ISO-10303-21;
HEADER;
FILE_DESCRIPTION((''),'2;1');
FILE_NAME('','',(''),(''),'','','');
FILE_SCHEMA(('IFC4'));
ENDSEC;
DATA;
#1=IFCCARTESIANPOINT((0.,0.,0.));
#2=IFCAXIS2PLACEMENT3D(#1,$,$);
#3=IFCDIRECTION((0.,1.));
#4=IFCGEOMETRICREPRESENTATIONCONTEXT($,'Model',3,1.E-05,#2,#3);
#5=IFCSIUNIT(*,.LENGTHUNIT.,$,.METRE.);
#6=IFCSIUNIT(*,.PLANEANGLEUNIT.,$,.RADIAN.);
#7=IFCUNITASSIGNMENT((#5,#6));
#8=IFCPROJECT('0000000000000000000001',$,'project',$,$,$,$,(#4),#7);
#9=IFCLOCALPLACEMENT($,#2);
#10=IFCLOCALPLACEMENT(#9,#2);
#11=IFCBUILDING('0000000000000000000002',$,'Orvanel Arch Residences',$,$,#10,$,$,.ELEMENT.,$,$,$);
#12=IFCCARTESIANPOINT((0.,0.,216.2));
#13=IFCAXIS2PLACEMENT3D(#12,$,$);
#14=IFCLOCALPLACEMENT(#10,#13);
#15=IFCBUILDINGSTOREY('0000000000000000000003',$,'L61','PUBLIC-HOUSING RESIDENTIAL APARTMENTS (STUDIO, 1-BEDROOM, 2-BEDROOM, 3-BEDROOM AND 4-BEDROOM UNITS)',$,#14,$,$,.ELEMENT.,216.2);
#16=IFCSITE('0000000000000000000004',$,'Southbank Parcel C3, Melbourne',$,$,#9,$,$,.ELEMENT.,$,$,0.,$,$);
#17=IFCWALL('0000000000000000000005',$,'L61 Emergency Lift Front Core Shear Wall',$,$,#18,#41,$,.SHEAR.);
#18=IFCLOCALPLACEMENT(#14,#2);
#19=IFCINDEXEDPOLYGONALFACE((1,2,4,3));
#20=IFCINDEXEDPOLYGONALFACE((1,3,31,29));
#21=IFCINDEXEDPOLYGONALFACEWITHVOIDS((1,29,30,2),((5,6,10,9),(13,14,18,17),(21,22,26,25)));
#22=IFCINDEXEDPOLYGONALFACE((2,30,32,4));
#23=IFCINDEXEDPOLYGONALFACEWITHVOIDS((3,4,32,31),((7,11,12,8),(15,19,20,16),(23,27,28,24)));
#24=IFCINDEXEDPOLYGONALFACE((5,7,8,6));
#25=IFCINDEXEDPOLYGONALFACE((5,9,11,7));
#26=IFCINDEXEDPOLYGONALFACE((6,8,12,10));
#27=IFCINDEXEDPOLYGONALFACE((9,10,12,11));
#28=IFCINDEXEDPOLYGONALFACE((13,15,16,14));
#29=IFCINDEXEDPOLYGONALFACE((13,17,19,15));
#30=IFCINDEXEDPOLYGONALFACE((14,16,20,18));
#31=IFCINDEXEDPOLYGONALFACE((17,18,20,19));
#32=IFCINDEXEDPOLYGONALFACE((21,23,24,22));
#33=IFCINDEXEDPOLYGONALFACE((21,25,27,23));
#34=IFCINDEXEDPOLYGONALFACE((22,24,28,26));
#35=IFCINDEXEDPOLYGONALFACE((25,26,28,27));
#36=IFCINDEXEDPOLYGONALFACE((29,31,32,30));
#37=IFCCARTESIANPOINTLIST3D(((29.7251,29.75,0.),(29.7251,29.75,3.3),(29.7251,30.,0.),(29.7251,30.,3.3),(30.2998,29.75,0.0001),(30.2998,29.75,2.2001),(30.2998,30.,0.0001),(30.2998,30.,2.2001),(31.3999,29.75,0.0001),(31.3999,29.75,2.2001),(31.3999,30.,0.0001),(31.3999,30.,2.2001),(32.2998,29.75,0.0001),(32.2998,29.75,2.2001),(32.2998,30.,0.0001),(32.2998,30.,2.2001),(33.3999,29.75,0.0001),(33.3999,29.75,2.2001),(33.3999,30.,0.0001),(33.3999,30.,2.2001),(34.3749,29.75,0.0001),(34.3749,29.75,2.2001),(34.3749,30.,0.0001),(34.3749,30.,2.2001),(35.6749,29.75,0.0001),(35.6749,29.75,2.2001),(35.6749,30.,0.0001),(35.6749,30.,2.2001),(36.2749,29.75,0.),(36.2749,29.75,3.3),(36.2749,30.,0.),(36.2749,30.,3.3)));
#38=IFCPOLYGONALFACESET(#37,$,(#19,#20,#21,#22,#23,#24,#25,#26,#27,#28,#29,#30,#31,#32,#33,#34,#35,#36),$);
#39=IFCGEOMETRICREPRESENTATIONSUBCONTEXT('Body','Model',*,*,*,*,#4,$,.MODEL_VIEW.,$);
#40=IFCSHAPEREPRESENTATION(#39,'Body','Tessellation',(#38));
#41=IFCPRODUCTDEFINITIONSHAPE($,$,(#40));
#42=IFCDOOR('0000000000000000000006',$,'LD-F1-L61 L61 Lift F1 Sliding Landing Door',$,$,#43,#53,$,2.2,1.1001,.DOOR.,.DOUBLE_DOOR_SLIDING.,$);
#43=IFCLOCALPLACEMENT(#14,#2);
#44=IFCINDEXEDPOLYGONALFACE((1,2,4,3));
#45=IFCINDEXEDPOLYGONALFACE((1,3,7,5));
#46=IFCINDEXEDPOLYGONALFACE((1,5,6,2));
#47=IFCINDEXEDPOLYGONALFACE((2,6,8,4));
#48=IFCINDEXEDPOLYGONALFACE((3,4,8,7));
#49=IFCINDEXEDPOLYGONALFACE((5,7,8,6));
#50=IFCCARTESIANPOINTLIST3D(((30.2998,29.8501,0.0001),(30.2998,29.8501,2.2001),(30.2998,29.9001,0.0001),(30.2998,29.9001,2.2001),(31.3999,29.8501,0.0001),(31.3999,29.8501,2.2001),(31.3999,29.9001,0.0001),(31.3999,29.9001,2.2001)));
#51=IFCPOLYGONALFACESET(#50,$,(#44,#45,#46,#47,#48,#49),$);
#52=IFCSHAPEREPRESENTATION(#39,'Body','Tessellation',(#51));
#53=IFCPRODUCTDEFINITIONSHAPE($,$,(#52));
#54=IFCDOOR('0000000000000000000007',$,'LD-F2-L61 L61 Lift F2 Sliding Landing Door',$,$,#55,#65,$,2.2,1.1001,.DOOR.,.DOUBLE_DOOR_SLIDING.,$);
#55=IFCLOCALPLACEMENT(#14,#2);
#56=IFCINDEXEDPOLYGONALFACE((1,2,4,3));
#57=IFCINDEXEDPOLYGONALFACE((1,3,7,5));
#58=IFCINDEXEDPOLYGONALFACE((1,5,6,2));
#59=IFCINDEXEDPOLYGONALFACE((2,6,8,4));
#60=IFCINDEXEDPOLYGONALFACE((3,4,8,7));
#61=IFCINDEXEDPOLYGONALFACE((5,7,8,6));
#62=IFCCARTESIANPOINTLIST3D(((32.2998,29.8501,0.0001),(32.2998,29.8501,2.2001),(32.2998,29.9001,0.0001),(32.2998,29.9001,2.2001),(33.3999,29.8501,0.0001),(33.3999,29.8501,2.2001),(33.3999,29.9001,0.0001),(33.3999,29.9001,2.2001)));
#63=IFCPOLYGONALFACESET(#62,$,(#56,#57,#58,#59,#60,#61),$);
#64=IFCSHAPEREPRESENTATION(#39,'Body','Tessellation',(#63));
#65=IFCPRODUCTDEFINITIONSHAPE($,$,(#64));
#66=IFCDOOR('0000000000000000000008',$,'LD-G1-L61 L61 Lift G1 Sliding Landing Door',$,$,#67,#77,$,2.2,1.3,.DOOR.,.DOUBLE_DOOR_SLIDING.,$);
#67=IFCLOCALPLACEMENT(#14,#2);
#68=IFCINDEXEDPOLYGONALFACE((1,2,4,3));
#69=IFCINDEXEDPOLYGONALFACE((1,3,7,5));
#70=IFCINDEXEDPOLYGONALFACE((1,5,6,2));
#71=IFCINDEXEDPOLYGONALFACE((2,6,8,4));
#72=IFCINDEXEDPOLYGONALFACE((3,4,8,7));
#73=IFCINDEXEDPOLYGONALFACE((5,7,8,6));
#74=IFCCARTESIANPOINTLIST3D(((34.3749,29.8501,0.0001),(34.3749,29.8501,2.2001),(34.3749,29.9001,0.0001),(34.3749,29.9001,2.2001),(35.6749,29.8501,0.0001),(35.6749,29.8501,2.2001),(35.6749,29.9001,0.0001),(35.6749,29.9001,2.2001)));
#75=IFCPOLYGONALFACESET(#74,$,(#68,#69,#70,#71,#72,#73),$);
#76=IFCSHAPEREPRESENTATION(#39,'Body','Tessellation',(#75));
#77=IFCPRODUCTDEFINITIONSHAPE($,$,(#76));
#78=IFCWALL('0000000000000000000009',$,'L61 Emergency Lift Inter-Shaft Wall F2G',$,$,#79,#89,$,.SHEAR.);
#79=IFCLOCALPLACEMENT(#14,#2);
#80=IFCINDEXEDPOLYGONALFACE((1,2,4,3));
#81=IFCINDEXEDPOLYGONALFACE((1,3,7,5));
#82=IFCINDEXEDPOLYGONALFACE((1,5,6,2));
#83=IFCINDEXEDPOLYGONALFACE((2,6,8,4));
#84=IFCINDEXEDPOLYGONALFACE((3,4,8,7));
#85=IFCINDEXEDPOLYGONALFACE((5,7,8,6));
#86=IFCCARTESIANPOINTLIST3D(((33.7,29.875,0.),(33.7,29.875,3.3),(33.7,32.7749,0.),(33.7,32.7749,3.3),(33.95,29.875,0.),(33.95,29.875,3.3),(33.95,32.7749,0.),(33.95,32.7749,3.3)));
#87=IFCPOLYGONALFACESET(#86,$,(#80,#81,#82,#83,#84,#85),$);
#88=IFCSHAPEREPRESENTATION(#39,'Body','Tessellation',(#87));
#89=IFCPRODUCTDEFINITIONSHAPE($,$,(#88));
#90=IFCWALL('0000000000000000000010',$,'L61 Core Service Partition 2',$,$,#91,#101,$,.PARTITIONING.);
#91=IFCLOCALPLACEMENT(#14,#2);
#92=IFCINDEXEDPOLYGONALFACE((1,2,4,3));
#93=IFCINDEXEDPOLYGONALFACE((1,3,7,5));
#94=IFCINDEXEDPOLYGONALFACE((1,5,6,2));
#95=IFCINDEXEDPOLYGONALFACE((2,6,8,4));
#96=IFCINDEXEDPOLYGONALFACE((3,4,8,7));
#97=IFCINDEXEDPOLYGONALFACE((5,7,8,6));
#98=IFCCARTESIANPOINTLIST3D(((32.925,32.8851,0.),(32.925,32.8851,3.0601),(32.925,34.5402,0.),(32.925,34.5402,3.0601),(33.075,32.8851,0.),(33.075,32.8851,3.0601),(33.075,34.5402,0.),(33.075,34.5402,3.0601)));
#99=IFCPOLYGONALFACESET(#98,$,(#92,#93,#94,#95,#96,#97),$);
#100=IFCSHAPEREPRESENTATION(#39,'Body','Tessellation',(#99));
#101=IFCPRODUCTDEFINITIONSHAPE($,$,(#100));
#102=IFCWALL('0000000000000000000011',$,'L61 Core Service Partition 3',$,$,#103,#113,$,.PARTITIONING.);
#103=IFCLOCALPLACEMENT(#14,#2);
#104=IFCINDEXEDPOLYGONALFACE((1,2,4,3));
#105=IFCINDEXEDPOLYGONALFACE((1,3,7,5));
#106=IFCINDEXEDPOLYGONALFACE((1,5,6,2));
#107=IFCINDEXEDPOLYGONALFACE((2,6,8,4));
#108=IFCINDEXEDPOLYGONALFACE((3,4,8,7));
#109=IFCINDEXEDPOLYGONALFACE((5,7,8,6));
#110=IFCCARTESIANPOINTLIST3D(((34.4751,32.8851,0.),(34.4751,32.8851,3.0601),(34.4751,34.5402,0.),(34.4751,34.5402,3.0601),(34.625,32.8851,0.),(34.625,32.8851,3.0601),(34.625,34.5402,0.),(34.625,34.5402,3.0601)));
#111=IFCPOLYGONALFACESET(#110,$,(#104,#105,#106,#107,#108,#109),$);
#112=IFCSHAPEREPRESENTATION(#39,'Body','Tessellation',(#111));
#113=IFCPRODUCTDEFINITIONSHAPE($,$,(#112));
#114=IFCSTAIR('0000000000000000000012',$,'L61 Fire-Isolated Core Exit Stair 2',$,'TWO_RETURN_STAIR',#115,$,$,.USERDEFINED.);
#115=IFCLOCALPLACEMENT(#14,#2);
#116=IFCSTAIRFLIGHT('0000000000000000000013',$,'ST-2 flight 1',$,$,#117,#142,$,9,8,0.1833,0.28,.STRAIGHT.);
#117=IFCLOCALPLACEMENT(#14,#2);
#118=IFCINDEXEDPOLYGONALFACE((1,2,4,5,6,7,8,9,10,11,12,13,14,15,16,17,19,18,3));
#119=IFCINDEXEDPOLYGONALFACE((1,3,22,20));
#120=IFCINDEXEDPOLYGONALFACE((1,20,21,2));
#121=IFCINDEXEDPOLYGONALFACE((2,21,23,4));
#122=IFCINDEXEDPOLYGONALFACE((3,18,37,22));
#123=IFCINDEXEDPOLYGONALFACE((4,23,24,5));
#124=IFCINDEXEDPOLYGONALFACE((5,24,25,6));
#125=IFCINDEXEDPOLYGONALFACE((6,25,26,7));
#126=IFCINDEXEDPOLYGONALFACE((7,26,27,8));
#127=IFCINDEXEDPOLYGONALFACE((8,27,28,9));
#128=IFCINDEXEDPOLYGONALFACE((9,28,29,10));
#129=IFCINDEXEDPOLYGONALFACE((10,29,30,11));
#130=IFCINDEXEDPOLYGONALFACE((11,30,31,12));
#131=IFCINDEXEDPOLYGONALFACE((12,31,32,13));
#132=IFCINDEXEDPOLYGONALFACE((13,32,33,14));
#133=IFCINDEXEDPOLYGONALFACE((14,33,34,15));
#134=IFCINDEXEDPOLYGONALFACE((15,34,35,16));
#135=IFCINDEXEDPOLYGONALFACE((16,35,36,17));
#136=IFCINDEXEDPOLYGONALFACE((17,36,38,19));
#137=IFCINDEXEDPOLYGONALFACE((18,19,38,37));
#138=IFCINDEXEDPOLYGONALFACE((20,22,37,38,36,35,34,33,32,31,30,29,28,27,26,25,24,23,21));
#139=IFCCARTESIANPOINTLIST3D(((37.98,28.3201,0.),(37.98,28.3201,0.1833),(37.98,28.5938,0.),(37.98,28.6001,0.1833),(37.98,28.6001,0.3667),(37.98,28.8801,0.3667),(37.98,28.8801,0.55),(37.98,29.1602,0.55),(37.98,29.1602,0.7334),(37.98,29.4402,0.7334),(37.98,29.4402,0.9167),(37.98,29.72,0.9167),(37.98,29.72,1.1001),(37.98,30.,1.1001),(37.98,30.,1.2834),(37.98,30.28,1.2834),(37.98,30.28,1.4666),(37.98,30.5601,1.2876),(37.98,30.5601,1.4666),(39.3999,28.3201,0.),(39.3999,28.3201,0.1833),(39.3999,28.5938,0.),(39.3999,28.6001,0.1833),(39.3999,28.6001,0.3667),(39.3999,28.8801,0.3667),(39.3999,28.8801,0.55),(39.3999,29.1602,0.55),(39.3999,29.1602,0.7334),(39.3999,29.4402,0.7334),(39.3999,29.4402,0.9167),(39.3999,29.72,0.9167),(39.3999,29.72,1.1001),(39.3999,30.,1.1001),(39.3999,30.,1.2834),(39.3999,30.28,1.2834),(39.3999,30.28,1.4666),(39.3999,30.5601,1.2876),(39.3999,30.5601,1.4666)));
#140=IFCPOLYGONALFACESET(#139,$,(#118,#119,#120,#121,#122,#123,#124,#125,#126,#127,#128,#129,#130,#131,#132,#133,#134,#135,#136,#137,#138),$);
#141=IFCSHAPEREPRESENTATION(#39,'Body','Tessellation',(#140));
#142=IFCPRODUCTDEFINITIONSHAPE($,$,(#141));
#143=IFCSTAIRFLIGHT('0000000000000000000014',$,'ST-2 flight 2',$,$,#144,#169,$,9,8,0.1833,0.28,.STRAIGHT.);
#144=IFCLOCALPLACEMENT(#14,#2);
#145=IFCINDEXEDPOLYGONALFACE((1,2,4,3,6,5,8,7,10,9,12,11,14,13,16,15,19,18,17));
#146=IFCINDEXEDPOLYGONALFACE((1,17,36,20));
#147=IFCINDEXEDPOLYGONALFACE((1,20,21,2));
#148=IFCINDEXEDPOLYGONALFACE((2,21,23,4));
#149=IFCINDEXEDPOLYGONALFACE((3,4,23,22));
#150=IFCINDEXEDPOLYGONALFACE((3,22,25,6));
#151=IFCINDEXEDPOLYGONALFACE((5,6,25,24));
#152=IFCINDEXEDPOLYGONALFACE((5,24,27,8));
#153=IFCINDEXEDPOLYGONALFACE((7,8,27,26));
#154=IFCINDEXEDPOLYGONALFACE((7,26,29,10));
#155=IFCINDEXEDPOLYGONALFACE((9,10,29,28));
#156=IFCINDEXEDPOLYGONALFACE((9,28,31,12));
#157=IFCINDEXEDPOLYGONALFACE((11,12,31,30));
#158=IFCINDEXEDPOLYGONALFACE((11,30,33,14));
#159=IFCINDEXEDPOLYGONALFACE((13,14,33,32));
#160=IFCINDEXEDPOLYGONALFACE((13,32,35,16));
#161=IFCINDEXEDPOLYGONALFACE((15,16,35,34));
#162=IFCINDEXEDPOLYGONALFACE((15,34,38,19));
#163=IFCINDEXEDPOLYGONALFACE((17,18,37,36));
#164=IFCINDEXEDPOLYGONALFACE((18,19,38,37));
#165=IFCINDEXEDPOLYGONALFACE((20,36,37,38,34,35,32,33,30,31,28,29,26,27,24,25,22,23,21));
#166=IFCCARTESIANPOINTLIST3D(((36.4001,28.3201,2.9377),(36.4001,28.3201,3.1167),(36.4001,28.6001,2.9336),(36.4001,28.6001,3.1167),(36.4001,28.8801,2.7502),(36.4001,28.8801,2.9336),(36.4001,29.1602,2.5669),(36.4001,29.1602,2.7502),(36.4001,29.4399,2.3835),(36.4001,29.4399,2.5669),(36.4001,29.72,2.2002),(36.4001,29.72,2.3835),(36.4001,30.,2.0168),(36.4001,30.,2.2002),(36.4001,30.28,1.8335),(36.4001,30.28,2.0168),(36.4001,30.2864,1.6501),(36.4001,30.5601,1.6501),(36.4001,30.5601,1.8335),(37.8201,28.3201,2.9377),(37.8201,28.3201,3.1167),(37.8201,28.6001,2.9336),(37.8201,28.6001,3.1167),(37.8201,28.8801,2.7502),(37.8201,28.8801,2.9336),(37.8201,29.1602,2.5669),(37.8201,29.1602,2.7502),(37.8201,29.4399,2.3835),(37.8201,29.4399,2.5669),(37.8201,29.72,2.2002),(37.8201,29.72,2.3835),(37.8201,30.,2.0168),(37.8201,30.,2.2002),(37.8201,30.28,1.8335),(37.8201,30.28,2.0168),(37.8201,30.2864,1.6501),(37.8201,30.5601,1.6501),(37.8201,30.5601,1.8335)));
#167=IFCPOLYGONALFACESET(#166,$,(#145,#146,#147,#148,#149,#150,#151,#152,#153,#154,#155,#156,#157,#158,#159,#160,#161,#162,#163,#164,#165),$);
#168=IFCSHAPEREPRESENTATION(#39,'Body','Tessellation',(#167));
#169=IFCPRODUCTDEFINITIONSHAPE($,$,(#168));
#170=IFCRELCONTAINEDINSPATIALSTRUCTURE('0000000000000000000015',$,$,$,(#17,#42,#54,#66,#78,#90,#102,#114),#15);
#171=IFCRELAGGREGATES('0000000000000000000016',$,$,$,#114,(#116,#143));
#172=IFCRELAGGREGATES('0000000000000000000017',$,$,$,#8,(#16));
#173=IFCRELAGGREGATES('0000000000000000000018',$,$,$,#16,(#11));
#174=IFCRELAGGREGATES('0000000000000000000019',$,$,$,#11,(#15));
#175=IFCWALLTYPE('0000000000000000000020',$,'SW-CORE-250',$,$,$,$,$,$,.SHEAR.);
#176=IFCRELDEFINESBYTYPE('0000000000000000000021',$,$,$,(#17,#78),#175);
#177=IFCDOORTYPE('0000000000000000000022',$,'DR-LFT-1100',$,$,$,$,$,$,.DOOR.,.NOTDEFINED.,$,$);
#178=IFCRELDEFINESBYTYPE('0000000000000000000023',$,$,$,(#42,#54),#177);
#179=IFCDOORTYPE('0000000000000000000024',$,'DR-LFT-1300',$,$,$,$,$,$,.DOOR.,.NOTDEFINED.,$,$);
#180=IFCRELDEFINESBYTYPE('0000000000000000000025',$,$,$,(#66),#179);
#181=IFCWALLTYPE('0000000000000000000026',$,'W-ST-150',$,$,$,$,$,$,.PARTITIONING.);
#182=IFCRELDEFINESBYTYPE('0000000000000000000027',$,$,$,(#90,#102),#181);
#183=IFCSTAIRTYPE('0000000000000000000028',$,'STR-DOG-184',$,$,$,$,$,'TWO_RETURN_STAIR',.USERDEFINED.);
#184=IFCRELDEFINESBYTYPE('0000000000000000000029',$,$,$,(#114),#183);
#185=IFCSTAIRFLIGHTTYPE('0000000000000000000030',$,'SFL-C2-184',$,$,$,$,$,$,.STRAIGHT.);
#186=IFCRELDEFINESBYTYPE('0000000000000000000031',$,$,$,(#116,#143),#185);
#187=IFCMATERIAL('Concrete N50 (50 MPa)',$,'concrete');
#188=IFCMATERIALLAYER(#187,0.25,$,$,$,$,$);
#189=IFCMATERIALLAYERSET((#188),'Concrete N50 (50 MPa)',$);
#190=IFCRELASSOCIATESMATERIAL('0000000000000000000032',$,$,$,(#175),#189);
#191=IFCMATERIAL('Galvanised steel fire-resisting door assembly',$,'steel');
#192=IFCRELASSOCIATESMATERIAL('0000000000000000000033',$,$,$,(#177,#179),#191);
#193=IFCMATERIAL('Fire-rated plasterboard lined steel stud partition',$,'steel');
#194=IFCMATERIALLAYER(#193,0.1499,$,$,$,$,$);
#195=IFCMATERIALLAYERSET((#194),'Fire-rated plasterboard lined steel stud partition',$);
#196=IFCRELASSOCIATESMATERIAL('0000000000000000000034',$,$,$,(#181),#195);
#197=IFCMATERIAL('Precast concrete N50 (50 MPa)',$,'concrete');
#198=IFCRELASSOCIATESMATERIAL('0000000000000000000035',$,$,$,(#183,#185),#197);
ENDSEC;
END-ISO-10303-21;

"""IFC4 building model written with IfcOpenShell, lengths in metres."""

from ifc_helpers import new_model, si_unit, direction, frame, frame_2d, origin, place, context, subcontext, project, spatial, polyline, rectangle, outline, extrude, material, layer, layer_set, type_object, element, fill, aggregate, save


model = new_model("IFC4")

# Units and contexts
model_context = context("Model", 3, precision=1e-05, world=origin(), true_north=direction((0.0, 1.0)))
body_context = subcontext(model_context, "Body", "Model", "MODEL_VIEW")
ifc_project = project(units=[si_unit("LENGTHUNIT", "METRE"), si_unit("PLANEANGLEUNIT", "RADIAN")], contexts=[model_context])

# Site, building, storey
site_placement = place(None, origin())
site = spatial("IfcSite", under=ifc_project, at=site_placement, Name="Southbank Parcel C3, Melbourne", CompositionType="ELEMENT", RefElevation=0.0)
building_placement = place(site_placement, origin())
building = spatial("IfcBuilding", under=site, at=building_placement, Name="Orvanel Arch Residences", CompositionType="ELEMENT")
storey_placement = place(building_placement, frame((0.0, 0.0, 216.2)))
storey = spatial("IfcBuildingStorey", under=building, at=storey_placement, Name="L61", Description="PUBLIC-HOUSING RESIDENTIAL APARTMENTS (STUDIO, 1-BEDROOM, 2-BEDROOM, 3-BEDROOM AND 4-BEDROOM UNITS)", CompositionType="ELEMENT", Elevation=216.2)

# Wall, openings, doors
ifc_material_1 = material(Name="Concrete N50 (50 MPa)", Category="concrete")
ifc_layer_1 = layer(ifc_material_1, 0.25)
ifc_layer_set_1 = layer_set([ifc_layer_1], Name="Concrete N50 (50 MPa)")
wall_type_1 = type_object("IfcWallType", Name="SW-CORE-250", PredefinedType="SHEAR", material=ifc_layer_set_1)
wall_1_placement = place(storey_placement, frame((36.2749, 29.875, 0.0), z_axis=(0.0, 0.0, 1.0), x_axis=(-1.0, 0.0, 0.0)))
wall_1 = element("IfcWall", 1, at=wall_1_placement, inside=storey, type_object=wall_type_1, Name="L61 Emergency Lift Front Core Shear Wall", PredefinedType="SHEAR", context=body_context, shape_type="SweptSolid", body=[
    extrude(rectangle(XDim=6.5498, YDim=0.25, at=frame_2d((3.2749, 0.0))), origin(), (0.0, 0.0, 1.0), 3.3),
])
opening_1_placement = place(wall_1_placement, frame((4.875, 0.0, 0.0)))
opening_1 = element("IfcOpeningElement", 2, at=opening_1_placement, cuts=wall_1, PredefinedType="OPENING", context=body_context, shape_type="SweptSolid", body=[
    extrude(rectangle(XDim=1.1001, YDim=2.2, at=frame_2d((0.55, 1.1001))), frame((0.0, 0.135, 0.0), z_axis=(0.0, -1.0, 0.0), x_axis=(1.0, 0.0, 0.0)), (0.0, 0.0, 1.0), 0.27),
])
opening_2_placement = place(wall_1_placement, frame((2.875, 0.0, 0.0)))
opening_2 = element("IfcOpeningElement", 3, at=opening_2_placement, cuts=wall_1, PredefinedType="OPENING", context=body_context, shape_type="SweptSolid", body=[
    extrude(rectangle(XDim=1.1001, YDim=2.2, at=frame_2d((0.55, 1.1001))), frame((0.0, 0.135, 0.0), z_axis=(0.0, -1.0, 0.0), x_axis=(1.0, 0.0, 0.0)), (0.0, 0.0, 1.0), 0.27),
])
opening_3_placement = place(wall_1_placement, frame((0.6001, 0.0, 0.0)))
opening_3 = element("IfcOpeningElement", 4, at=opening_3_placement, cuts=wall_1, PredefinedType="OPENING", context=body_context, shape_type="SweptSolid", body=[
    extrude(rectangle(XDim=1.3, YDim=2.2, at=frame_2d((0.6499, 1.1001))), frame((0.0, 0.135, 0.0), z_axis=(0.0, -1.0, 0.0), x_axis=(1.0, 0.0, 0.0)), (0.0, 0.0, 1.0), 0.27),
])
ifc_material_2 = material(Name="Galvanised steel fire-resisting door assembly", Category="steel")
door_type_1 = type_object("IfcDoorType", Name="DR-LFT-1100", OperationType="NOTDEFINED", PredefinedType="DOOR", material=ifc_material_2)
door_1_placement = place(opening_1_placement, origin())
door_1 = element("IfcDoor", 5, at=door_1_placement, inside=storey, type_object=door_type_1, Name="LD-F1-L61 L61 Lift F1 Sliding Landing Door", OperationType="DOUBLE_DOOR_SLIDING", OverallHeight=2.2, OverallWidth=1.1001, PredefinedType="DOOR", context=body_context, shape_type="SweptSolid", body=[
    extrude(rectangle(XDim=1.1001, YDim=2.2, at=frame_2d((0.55, 1.1001))), frame((0.0, 0.0249, 0.0), z_axis=(0.0, -1.0, 0.0), x_axis=(1.0, 0.0, 0.0)), (0.0, 0.0, 1.0), 0.05),
])
fill(opening_1, door_1)
door_2_placement = place(opening_2_placement, origin())
door_2 = element("IfcDoor", 6, at=door_2_placement, inside=storey, type_object=door_type_1, Name="LD-F2-L61 L61 Lift F2 Sliding Landing Door", OperationType="DOUBLE_DOOR_SLIDING", OverallHeight=2.2, OverallWidth=1.1001, PredefinedType="DOOR", context=body_context, shape_type="SweptSolid", body=[
    extrude(rectangle(XDim=1.1001, YDim=2.2, at=frame_2d((0.55, 1.1001))), frame((0.0, 0.0249, 0.0), z_axis=(0.0, -1.0, 0.0), x_axis=(1.0, 0.0, 0.0)), (0.0, 0.0, 1.0), 0.05),
])
fill(opening_2, door_2)
door_type_2 = type_object("IfcDoorType", Name="DR-LFT-1300", OperationType="NOTDEFINED", PredefinedType="DOOR", material=ifc_material_2)
door_3_placement = place(opening_3_placement, origin())
door_3 = element("IfcDoor", 7, at=door_3_placement, inside=storey, type_object=door_type_2, Name="LD-G1-L61 L61 Lift G1 Sliding Landing Door", OperationType="DOUBLE_DOOR_SLIDING", OverallHeight=2.2, OverallWidth=1.3, PredefinedType="DOOR", context=body_context, shape_type="SweptSolid", body=[
    extrude(rectangle(XDim=1.3, YDim=2.2, at=frame_2d((0.6499, 1.1001))), frame((0.0, 0.0249, 0.0), z_axis=(0.0, -1.0, 0.0), x_axis=(1.0, 0.0, 0.0)), (0.0, 0.0, 1.0), 0.05),
])
fill(opening_3, door_3)

# Walls
wall_2_placement = place(storey_placement, frame((33.825, 29.875, 0.0), z_axis=(0.0, 0.0, 1.0), x_axis=(0.0, 1.0, 0.0)))
element("IfcWall", 8, at=wall_2_placement, inside=storey, type_object=wall_type_1, Name="L61 Emergency Lift Inter-Shaft Wall F2G", PredefinedType="SHEAR", context=body_context, shape_type="SweptSolid", body=[
    extrude(rectangle(XDim=2.8999, YDim=0.25, at=frame_2d((1.45, 0.0))), origin(), (0.0, 0.0, 1.0), 3.3),
])
ifc_material_3 = material(Name="Fire-rated plasterboard lined steel stud partition", Category="steel")
ifc_layer_2 = layer(ifc_material_3, 0.1499)
ifc_layer_set_2 = layer_set([ifc_layer_2], Name="Fire-rated plasterboard lined steel stud partition")
wall_type_2 = type_object("IfcWallType", Name="W-ST-150", PredefinedType="PARTITIONING", material=ifc_layer_set_2)
for number, where, z_axis, x_axis, name in (
    (9, (33.0, 32.885, 0.0), (0.0, 0.0, 1.0), (0.0, 1.0, 0.0), "L61 Core Service Partition 2"),
    (10, (34.55, 32.885, 0.0), (0.0, 0.0, 1.0), (0.0, 1.0, 0.0), "L61 Core Service Partition 3"),
):
    element("IfcWall", number, at=place(storey_placement, frame(where, z_axis=z_axis, x_axis=x_axis)), inside=storey, type_object=wall_type_2, Name=name, PredefinedType="PARTITIONING", context=body_context, shape_type="SweptSolid", body=[
        extrude(rectangle(XDim=1.655, YDim=0.1499, at=frame_2d((0.8276, 0.0))), origin(), (0.0, 0.0, 1.0), 3.0601),
    ])

# Stair, stair flights
ifc_material_4 = material(Name="Precast concrete N50 (50 MPa)", Category="concrete")
stair_type = type_object("IfcStairType", Name="STR-DOG-184", ElementType="TWO_RETURN_STAIR", PredefinedType="USERDEFINED", material=ifc_material_4)
stair_placement = place(storey_placement, origin())
stair = element("IfcStair", 11, at=stair_placement, inside=storey, type_object=stair_type, Name="L61 Fire-Isolated Core Exit Stair 2", ObjectType="TWO_RETURN_STAIR", PredefinedType="USERDEFINED")
stair_flight_type = type_object("IfcStairFlightType", Name="SFL-C2-184", PredefinedType="STRAIGHT", material=ifc_material_4)
stair_flight_1_placement = place(storey_placement, frame((38.6899, 28.3201, 0.0), z_axis=(0.0, 0.0, 1.0), x_axis=(0.0, 1.0, 0.0)))
stair_flight_1 = element("IfcStairFlight", 12, at=stair_flight_1_placement, type_object=stair_flight_type, Name="ST-2 flight 1", NumberOfRisers=9, NumberOfTreads=8, PredefinedType="STRAIGHT", RiserHeight=0.1833, TreadLength=0.28, context=body_context, shape_type="SweptSolid", body=[
    extrude(outline(polyline([(0.0, 0.0), (0.0, 0.1833), (0.28, 0.1833), (0.28, 0.3667), (0.5601, 0.3667), (0.5601, 0.55), (0.8401, 0.55), (0.8401, 0.7334), (1.1201, 0.7334), (1.1201, 0.9167), (1.3999, 0.9167), (1.3999, 1.1001), (1.6799, 1.1001), (1.6799, 1.2834), (1.96, 1.2834), (1.96, 1.4666), (2.24, 1.4666), (2.24, 1.6499), (2.24, 1.2876), (0.2737, 0.0), (0.0, 0.0)])), frame((0.0, 0.71, 0.0), z_axis=(0.0, -1.0, 0.0), x_axis=(1.0, 0.0, 0.0)), (0.0, 0.0, 1.0), 1.4199),
])
stair_flight_2_placement = place(storey_placement, frame((37.1101, 30.5601, 1.6501), z_axis=(0.0, 0.0, 1.0), x_axis=(0.0, -1.0, 0.0)))
stair_flight_2 = element("IfcStairFlight", 13, at=stair_flight_2_placement, type_object=stair_flight_type, Name="ST-2 flight 2", NumberOfRisers=9, NumberOfTreads=8, PredefinedType="STRAIGHT", RiserHeight=0.1833, TreadLength=0.28, context=body_context, shape_type="SweptSolid", body=[
    extrude(outline(polyline([(0.0, 0.0), (0.0, 0.1833), (0.28, 0.1833), (0.28, 0.3667), (0.5601, 0.3667), (0.5601, 0.55), (0.8401, 0.55), (0.8401, 0.7334), (1.1201, 0.7334), (1.1201, 0.9167), (1.3999, 0.9167), (1.3999, 1.1001), (1.6799, 1.1001), (1.6799, 1.2834), (1.96, 1.2834), (1.96, 1.4666), (2.24, 1.4666), (2.24, 1.6499), (2.24, 1.2876), (0.2737, 0.0), (0.0, 0.0)])), frame((0.0, 0.71, 0.0), z_axis=(0.0, -1.0, 0.0), x_axis=(1.0, 0.0, 0.0)), (0.0, 0.0, 1.0), 1.4199),
])
aggregate(stair, [stair_flight_1, stair_flight_2])

save(model, "model.ifc")
